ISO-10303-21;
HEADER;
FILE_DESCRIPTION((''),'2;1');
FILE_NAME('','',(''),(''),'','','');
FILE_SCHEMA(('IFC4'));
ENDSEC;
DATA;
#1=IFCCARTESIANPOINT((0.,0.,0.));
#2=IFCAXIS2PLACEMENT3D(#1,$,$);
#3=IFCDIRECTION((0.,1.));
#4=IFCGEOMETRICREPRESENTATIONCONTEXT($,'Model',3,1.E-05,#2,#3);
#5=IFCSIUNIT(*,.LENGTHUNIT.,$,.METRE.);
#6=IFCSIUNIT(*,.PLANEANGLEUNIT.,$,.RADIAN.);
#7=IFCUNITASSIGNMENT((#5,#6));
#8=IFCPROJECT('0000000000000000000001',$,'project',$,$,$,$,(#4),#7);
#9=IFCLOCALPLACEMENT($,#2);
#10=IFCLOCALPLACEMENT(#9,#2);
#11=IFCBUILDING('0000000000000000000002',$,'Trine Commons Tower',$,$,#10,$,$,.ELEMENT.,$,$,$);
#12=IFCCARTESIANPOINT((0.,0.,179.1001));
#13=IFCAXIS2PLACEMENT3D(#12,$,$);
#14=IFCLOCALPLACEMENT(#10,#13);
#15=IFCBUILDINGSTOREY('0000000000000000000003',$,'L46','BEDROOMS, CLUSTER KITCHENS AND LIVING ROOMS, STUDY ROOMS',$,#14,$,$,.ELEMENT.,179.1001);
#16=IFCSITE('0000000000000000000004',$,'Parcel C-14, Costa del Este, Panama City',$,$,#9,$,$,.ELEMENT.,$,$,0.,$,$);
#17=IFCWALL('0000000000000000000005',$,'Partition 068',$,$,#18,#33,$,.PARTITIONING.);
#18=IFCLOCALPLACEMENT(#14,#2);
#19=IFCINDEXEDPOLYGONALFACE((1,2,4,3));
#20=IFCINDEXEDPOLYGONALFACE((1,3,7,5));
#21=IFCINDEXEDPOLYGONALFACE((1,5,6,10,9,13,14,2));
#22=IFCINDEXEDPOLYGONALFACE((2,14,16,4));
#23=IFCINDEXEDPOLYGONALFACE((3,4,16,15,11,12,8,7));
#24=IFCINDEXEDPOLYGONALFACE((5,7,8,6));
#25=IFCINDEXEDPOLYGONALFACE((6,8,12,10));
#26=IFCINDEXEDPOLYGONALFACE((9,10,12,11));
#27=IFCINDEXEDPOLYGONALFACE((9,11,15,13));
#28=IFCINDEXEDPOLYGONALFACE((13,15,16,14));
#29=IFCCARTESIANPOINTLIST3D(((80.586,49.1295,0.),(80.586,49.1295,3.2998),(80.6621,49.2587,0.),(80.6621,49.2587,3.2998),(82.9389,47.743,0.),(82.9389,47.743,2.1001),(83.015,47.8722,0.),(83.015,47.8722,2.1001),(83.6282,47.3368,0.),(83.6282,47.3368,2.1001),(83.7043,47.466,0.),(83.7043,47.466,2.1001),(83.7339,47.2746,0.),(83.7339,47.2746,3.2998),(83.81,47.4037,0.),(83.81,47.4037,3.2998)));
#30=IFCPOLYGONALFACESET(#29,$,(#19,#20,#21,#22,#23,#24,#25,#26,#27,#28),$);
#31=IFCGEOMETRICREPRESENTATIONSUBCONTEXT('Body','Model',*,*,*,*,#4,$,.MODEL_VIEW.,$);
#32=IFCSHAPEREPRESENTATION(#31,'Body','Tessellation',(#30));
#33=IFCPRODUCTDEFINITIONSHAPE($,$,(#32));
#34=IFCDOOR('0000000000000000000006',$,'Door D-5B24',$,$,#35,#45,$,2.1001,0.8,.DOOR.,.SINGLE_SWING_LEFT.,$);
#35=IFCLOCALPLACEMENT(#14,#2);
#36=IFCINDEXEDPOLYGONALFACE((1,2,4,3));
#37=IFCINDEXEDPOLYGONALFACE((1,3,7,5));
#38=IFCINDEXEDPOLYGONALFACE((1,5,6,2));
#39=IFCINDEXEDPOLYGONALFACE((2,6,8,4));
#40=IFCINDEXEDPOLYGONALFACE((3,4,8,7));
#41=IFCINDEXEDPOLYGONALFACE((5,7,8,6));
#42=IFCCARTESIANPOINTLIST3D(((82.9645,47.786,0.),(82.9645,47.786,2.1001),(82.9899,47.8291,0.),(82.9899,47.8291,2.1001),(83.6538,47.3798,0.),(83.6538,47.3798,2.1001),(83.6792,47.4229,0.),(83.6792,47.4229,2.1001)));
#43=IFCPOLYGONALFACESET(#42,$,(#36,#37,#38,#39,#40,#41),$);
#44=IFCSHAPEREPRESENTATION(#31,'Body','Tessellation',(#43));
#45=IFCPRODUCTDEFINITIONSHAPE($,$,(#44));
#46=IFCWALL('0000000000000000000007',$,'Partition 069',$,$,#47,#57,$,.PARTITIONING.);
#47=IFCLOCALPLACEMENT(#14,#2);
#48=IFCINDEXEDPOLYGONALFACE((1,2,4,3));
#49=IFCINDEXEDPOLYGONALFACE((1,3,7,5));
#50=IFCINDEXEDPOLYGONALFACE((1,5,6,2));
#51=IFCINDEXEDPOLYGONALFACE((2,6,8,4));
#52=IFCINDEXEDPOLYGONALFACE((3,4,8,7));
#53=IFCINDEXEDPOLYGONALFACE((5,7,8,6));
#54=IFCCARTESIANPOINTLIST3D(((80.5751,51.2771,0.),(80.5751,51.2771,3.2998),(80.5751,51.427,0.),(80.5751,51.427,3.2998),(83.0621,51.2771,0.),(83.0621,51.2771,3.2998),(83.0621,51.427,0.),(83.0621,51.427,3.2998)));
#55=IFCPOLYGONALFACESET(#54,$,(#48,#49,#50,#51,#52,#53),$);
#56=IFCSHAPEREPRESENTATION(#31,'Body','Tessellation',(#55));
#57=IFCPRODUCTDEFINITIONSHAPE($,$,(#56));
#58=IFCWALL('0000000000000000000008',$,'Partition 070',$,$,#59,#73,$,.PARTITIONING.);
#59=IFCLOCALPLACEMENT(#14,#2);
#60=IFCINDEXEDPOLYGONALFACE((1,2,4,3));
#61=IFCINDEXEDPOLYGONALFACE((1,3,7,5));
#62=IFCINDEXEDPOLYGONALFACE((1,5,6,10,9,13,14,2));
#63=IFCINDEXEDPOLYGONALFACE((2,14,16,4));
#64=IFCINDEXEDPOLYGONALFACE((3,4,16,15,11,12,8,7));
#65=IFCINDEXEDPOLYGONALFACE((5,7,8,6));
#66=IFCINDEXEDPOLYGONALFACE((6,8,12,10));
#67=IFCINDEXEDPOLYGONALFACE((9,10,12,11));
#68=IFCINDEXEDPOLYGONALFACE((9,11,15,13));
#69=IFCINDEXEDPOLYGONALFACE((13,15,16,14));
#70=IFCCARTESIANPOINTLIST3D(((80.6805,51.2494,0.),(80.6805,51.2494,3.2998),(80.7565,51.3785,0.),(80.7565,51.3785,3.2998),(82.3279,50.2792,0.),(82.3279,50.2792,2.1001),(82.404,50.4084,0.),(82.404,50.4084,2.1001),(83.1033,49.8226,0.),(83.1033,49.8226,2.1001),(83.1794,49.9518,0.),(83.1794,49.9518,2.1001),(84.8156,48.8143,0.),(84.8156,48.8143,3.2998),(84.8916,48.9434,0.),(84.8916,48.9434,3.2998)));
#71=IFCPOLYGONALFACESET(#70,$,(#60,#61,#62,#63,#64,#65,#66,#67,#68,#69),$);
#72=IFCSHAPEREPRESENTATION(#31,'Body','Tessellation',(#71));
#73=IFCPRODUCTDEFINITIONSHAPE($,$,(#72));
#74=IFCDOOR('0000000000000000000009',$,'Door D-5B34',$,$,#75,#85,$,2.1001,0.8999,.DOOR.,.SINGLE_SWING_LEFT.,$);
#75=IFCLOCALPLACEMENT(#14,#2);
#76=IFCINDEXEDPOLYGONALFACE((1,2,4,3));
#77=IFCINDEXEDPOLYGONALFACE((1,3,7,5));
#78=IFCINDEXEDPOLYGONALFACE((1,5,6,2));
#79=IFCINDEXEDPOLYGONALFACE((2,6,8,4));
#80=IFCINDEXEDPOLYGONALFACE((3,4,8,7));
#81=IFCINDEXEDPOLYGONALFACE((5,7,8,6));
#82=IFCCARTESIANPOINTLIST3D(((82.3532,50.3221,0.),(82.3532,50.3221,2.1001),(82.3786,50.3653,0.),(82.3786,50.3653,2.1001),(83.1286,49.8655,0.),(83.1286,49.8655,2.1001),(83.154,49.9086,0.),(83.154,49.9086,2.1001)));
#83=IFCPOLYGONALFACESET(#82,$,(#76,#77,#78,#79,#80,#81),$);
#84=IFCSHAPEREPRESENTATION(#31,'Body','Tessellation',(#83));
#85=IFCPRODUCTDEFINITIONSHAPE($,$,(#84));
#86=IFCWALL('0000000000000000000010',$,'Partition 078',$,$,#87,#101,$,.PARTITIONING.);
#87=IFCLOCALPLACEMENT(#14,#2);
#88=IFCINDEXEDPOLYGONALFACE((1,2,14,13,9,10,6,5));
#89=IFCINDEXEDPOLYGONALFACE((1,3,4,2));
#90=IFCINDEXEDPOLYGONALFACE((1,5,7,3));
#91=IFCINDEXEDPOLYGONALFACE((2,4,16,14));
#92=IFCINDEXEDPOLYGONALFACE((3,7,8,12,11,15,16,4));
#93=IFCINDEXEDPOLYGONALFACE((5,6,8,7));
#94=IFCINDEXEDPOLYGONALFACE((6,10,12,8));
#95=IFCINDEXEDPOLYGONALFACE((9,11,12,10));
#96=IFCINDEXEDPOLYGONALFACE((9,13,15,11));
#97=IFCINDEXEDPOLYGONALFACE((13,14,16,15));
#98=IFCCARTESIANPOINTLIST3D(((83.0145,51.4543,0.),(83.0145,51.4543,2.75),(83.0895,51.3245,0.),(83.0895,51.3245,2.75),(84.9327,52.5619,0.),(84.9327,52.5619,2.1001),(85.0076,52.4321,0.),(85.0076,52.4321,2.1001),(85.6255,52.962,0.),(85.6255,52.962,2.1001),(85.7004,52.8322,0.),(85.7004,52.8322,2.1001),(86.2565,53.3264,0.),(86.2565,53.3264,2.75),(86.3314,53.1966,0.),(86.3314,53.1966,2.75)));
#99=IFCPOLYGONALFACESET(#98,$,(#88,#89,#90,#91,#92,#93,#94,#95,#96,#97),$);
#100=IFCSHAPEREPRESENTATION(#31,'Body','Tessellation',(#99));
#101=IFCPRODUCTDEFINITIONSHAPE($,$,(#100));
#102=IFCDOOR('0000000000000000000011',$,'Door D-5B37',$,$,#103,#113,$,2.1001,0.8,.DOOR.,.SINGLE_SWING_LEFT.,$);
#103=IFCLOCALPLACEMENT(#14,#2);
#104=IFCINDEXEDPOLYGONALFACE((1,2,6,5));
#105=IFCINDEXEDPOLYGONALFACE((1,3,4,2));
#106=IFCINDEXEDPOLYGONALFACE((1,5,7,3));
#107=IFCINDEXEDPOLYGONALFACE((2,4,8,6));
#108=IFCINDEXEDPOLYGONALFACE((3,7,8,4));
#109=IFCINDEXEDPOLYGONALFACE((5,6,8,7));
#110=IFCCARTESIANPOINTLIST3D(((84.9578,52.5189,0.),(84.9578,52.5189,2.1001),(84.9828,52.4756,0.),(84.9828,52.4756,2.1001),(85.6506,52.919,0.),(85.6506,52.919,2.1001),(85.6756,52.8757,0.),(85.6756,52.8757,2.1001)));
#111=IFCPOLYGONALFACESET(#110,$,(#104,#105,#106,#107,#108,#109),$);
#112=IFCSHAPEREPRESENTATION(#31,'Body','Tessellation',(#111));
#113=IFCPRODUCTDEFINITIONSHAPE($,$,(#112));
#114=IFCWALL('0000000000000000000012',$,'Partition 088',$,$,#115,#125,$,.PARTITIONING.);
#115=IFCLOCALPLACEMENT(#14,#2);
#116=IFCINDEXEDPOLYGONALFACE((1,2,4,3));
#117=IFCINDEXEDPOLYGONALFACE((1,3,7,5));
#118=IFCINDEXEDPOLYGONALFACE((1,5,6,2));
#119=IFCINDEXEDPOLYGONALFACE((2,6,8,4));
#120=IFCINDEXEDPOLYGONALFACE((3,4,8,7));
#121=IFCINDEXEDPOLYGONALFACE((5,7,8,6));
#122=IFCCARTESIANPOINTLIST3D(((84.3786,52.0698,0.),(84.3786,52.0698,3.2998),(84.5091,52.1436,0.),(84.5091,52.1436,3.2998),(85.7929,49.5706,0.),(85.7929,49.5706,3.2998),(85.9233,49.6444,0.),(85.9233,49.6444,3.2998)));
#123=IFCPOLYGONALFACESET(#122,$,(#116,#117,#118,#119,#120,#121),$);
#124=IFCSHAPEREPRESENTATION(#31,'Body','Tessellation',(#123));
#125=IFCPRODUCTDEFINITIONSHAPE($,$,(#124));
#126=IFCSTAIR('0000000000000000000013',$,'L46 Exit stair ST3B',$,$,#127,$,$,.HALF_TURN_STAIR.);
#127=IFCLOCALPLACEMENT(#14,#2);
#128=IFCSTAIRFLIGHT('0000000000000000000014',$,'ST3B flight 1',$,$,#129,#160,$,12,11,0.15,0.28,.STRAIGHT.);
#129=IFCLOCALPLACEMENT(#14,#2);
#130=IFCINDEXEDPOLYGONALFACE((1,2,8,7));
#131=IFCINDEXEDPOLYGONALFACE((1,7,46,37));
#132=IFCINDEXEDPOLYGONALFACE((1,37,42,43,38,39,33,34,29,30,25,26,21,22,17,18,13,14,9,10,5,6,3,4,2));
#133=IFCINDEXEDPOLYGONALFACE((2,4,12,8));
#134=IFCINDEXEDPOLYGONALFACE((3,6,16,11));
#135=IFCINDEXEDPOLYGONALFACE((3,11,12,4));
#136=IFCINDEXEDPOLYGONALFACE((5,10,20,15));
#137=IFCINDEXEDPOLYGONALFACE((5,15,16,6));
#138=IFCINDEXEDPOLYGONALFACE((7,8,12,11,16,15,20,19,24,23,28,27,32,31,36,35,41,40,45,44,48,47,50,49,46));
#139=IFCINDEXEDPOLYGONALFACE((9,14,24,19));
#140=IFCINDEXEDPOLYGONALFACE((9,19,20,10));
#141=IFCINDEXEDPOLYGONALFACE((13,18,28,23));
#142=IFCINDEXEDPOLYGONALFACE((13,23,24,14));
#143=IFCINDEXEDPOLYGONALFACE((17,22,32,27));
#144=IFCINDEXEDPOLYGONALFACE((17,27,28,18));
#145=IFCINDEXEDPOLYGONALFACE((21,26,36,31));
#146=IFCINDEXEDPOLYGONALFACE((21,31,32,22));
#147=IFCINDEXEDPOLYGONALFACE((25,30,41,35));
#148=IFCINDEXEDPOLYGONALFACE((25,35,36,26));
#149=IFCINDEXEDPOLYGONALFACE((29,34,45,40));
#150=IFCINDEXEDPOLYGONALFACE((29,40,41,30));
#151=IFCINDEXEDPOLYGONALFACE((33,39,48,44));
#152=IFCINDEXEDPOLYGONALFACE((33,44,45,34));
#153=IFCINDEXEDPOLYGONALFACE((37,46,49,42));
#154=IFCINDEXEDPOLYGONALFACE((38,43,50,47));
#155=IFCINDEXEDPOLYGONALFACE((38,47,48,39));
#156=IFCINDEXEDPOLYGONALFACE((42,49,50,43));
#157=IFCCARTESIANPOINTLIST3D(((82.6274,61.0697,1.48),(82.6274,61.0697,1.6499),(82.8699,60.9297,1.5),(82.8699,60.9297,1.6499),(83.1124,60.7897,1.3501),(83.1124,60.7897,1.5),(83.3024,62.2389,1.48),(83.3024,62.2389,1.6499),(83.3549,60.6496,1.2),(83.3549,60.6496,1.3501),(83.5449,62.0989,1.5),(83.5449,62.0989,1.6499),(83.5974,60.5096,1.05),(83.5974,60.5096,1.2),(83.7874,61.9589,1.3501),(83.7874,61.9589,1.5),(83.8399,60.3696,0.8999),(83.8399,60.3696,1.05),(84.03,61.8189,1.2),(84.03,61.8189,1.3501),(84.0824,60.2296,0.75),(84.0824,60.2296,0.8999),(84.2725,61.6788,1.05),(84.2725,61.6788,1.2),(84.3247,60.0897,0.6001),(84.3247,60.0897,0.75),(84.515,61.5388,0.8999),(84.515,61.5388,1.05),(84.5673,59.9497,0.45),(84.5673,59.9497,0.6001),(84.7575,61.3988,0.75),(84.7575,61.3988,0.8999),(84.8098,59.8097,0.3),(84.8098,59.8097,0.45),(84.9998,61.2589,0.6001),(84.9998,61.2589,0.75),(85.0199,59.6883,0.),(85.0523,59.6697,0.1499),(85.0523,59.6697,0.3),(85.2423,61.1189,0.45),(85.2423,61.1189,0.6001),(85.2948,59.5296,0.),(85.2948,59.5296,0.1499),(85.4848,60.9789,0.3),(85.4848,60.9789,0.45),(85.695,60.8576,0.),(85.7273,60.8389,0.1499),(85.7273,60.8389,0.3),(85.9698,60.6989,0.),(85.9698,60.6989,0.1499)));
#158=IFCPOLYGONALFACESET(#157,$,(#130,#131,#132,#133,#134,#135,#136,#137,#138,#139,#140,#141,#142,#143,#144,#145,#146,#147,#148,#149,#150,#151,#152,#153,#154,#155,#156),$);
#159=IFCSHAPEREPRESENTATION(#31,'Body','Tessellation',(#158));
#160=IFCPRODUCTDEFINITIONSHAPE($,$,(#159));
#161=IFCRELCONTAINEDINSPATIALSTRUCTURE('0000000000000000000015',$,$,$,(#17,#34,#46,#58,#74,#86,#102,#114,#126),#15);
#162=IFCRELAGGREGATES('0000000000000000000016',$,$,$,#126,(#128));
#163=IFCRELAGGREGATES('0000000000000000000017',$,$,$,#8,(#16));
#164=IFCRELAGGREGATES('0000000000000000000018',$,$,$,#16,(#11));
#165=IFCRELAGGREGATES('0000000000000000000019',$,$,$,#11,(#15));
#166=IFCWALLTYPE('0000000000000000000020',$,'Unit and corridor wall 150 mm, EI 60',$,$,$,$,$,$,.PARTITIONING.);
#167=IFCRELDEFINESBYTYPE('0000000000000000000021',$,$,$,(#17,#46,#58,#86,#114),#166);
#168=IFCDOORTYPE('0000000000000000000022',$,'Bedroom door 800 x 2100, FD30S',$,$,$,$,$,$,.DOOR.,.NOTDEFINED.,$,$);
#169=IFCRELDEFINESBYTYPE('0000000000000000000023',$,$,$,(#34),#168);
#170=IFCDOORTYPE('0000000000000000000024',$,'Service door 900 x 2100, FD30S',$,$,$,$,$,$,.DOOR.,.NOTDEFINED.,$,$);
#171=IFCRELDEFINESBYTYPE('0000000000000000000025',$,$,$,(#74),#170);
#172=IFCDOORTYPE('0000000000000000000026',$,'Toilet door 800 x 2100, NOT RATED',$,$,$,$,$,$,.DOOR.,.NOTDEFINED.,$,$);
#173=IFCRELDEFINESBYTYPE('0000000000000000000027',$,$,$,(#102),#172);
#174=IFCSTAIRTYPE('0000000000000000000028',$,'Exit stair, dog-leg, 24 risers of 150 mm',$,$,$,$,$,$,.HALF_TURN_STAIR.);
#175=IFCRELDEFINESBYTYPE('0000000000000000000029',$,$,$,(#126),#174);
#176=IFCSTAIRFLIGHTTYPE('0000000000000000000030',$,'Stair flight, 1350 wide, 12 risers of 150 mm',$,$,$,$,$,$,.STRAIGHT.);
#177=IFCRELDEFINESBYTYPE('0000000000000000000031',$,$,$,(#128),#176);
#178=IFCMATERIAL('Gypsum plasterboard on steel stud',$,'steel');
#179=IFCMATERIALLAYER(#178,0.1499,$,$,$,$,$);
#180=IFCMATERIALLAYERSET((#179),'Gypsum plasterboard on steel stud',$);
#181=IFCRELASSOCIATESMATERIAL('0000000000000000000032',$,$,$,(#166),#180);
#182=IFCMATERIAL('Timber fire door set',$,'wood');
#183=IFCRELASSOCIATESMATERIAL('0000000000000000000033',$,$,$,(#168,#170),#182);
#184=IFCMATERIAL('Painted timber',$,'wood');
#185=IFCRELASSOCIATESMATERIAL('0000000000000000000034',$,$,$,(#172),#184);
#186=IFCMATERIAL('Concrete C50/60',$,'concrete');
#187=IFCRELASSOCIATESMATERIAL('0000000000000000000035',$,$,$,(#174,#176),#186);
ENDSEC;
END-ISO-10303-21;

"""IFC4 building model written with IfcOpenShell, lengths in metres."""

from ifc_helpers import new_model, si_unit, direction, frame, frame_2d, origin, place, context, subcontext, project, spatial, polyline, rectangle, outline, extrude, material, layer, layer_set, type_object, element, fill, aggregate, save


model = new_model("IFC4")

# Units and contexts
model_context = context("Model", 3, precision=1e-05, world=origin(), true_north=direction((0.0, 1.0)))
body_context = subcontext(model_context, "Body", "Model", "MODEL_VIEW")
ifc_project = project(units=[si_unit("LENGTHUNIT", "METRE"), si_unit("PLANEANGLEUNIT", "RADIAN")], contexts=[model_context])

# Site, building, storey
site_placement = place(None, origin())
site = spatial("IfcSite", under=ifc_project, at=site_placement, Name="Parcel C-14, Costa del Este, Panama City", CompositionType="ELEMENT", RefElevation=0.0)
building_placement = place(site_placement, origin())
building = spatial("IfcBuilding", under=site, at=building_placement, Name="Trine Commons Tower", CompositionType="ELEMENT")
storey_placement = place(building_placement, frame((0.0, 0.0, 179.1001)))
storey = spatial("IfcBuildingStorey", under=building, at=storey_placement, Name="L46", Description="BEDROOMS, CLUSTER KITCHENS AND LIVING ROOMS, STUDY ROOMS", CompositionType="ELEMENT", Elevation=179.1001)

# Wall, opening, door
ifc_material_1 = material(Name="Gypsum plasterboard on steel stud", Category="steel")
ifc_layer_1 = layer(ifc_material_1, 0.1499)
ifc_layer_set_1 = layer_set([ifc_layer_1], Name="Gypsum plasterboard on steel stud")
wall_type_1 = type_object("IfcWallType", Name="Unit and corridor wall 150 mm, EI 60", PredefinedType="PARTITIONING", material=ifc_layer_set_1)
wall_1_placement = place(storey_placement, frame((80.624, 49.1941, 0.0), z_axis=(0.0, 0.0, 1.0), x_axis=(0.861546, -0.50768, 0.0)))
wall_1 = element("IfcWall", 1, at=wall_1_placement, inside=storey, type_object=wall_type_1, Name="Partition 068", PredefinedType="PARTITIONING", context=body_context, shape_type="SweptSolid", body=[
    extrude(rectangle(XDim=3.6538, YDim=0.1499, at=frame_2d((1.8269, 0.0))), origin(), (0.0, 0.0, 1.0), 3.2998),
])
opening_1_placement = place(wall_1_placement, frame((2.7312, 0.0, 0.0)))
opening_1 = element("IfcOpeningElement", 2, at=opening_1_placement, cuts=wall_1, PredefinedType="OPENING", context=body_context, shape_type="SweptSolid", body=[
    extrude(rectangle(XDim=0.8, YDim=2.1001, at=frame_2d((0.3999, 1.05))), frame((0.0, 0.085, 0.0), z_axis=(0.0, -1.0, 0.0), x_axis=(1.0, 0.0, 0.0)), (0.0, 0.0, 1.0), 0.1699),
])
ifc_material_2 = material(Name="Timber fire door set", Category="wood")
door_type_1 = type_object("IfcDoorType", Name="Bedroom door 800 x 2100, FD30S", OperationType="NOTDEFINED", PredefinedType="DOOR", material=ifc_material_2)
door_1_placement = place(opening_1_placement, frame((0.8, 0.0, 0.0), z_axis=(0.0, 0.0, 1.0), x_axis=(-1.0, 0.0, 0.0)))
door_1 = element("IfcDoor", 3, at=door_1_placement, inside=storey, type_object=door_type_1, Name="Door D-5B24", OperationType="SINGLE_SWING_LEFT", OverallHeight=2.1001, OverallWidth=0.8, PredefinedType="DOOR", context=body_context, shape_type="SweptSolid", body=[
    extrude(rectangle(XDim=0.8, YDim=2.1001, at=frame_2d((0.3999, 1.05))), frame((0.0, 0.0249, 0.0), z_axis=(0.0, -1.0, 0.0), x_axis=(1.0, 0.0, 0.0)), (0.0, 0.0, 1.0), 0.05),
])
fill(opening_1, door_1)

# Wall
wall_2_placement = place(storey_placement, frame((80.575, 51.3521, 0.0), z_axis=(0.0, 0.0, 1.0), x_axis=(1.0, 0.0, 0.0)))
element("IfcWall", 4, at=wall_2_placement, inside=storey, type_object=wall_type_1, Name="Partition 069", PredefinedType="PARTITIONING", context=body_context, shape_type="SweptSolid", body=[
    extrude(rectangle(XDim=2.4871, YDim=0.1499, at=frame_2d((1.2437, 0.0))), origin(), (0.0, 0.0, 1.0), 3.2998),
])

# Walls, openings, doors
wall_3_placement = place(storey_placement, frame((80.7185, 51.314, 0.0), z_axis=(0.0, 0.0, 1.0), x_axis=(0.861688, -0.507438, 0.0)))
wall_3 = element("IfcWall", 5, at=wall_3_placement, inside=storey, type_object=wall_type_1, Name="Partition 070", PredefinedType="PARTITIONING", context=body_context, shape_type="SweptSolid", body=[
    extrude(rectangle(XDim=4.7988, YDim=0.1499, at=frame_2d((2.3994, 0.0))), origin(), (0.0, 0.0, 1.0), 3.2998),
])
opening_2_placement = place(wall_3_placement, frame((1.9119, 0.0, 0.0)))
opening_2 = element("IfcOpeningElement", 6, at=opening_2_placement, cuts=wall_3, PredefinedType="OPENING", context=body_context, shape_type="SweptSolid", body=[
    extrude(rectangle(XDim=0.8999, YDim=2.1001, at=frame_2d((0.45, 1.05))), frame((0.0, 0.085, 0.0), z_axis=(0.0, -1.0, 0.0), x_axis=(1.0, 0.0, 0.0)), (0.0, 0.0, 1.0), 0.1699),
])
door_type_2 = type_object("IfcDoorType", Name="Service door 900 x 2100, FD30S", OperationType="NOTDEFINED", PredefinedType="DOOR", material=ifc_material_2)
door_2_placement = place(opening_2_placement, origin())
door_2 = element("IfcDoor", 7, at=door_2_placement, inside=storey, type_object=door_type_2, Name="Door D-5B34", OperationType="SINGLE_SWING_LEFT", OverallHeight=2.1001, OverallWidth=0.8999, PredefinedType="DOOR", context=body_context, shape_type="SweptSolid", body=[
    extrude(rectangle(XDim=0.8999, YDim=2.1001, at=frame_2d((0.45, 1.05))), frame((0.0, 0.0249, 0.0), z_axis=(0.0, -1.0, 0.0), x_axis=(1.0, 0.0, 0.0)), (0.0, 0.0, 1.0), 0.05),
])
fill(opening_2, door_2)
wall_4_placement = place(storey_placement, frame((83.052, 51.3894, 0.0), z_axis=(0.0, 0.0, 1.0), x_axis=(0.865987, 0.500067, 0.0)))
wall_4 = element("IfcWall", 8, at=wall_4_placement, inside=storey, type_object=wall_type_1, Name="Partition 078", PredefinedType="PARTITIONING", context=body_context, shape_type="SweptSolid", body=[
    extrude(rectangle(XDim=3.7437, YDim=0.1499, at=frame_2d((1.8718, 0.0))), origin(), (0.0, 0.0, 1.0), 2.75),
])
opening_3_placement = place(wall_4_placement, frame((2.2151, 0.0, 0.0)))
opening_3 = element("IfcOpeningElement", 9, at=opening_3_placement, cuts=wall_4, PredefinedType="OPENING", context=body_context, shape_type="SweptSolid", body=[
    extrude(rectangle(XDim=0.8, YDim=2.1001, at=frame_2d((0.3999, 1.05))), frame((0.0, 0.085, 0.0), z_axis=(0.0, -1.0, 0.0), x_axis=(1.0, 0.0, 0.0)), (0.0, 0.0, 1.0), 0.1699),
])
ifc_material_3 = material(Name="Painted timber", Category="wood")
door_type_3 = type_object("IfcDoorType", Name="Toilet door 800 x 2100, NOT RATED", OperationType="NOTDEFINED", PredefinedType="DOOR", material=ifc_material_3)
door_3_placement = place(opening_3_placement, frame((0.8, 0.0, 0.0), z_axis=(0.0, 0.0, 1.0), x_axis=(-1.0, 0.0, 0.0)))
door_3 = element("IfcDoor", 10, at=door_3_placement, inside=storey, type_object=door_type_3, Name="Door D-5B37", OperationType="SINGLE_SWING_LEFT", OverallHeight=2.1001, OverallWidth=0.8, PredefinedType="DOOR", context=body_context, shape_type="SweptSolid", body=[
    extrude(rectangle(XDim=0.8, YDim=2.1001, at=frame_2d((0.3999, 1.05))), frame((0.0, 0.0249, 0.0), z_axis=(0.0, -1.0, 0.0), x_axis=(1.0, 0.0, 0.0)), (0.0, 0.0, 1.0), 0.05),
])
fill(opening_3, door_3)

# Wall
wall_5_placement = place(storey_placement, frame((84.4438, 52.1067, 0.0), z_axis=(0.0, 0.0, 1.0), x_axis=(0.4925, -0.870313, 0.0)))
element("IfcWall", 11, at=wall_5_placement, inside=storey, type_object=wall_type_1, Name="Partition 088", PredefinedType="PARTITIONING", context=body_context, shape_type="SweptSolid", body=[
    extrude(rectangle(XDim=2.8716, YDim=0.1499, at=frame_2d((1.4358, 0.0))), origin(), (0.0, 0.0, 1.0), 3.2998),
])

# Stair, stair flight
ifc_material_4 = material(Name="Concrete C50/60", Category="concrete")
stair_type = type_object("IfcStairType", Name="Exit stair, dog-leg, 24 risers of 150 mm", PredefinedType="HALF_TURN_STAIR", material=ifc_material_4)
stair_placement = place(storey_placement, origin())
stair = element("IfcStair", 12, at=stair_placement, inside=storey, type_object=stair_type, Name="L46 Exit stair ST3B", PredefinedType="HALF_TURN_STAIR")
stair_flight_type = type_object("IfcStairFlightType", Name="Stair flight, 1350 wide, 12 risers of 150 mm", PredefinedType="STRAIGHT", material=ifc_material_4)
stair_flight_1_placement = place(storey_placement, frame((85.6323, 60.1143, 0.0), z_axis=(0.0, 0.0, 1.0), x_axis=(-0.866025, 0.5, 0.0)))
stair_flight_1 = element("IfcStairFlight", 13, at=stair_flight_1_placement, type_object=stair_flight_type, Name="ST3B flight 1", NumberOfRisers=12, NumberOfTreads=11, PredefinedType="STRAIGHT", RiserHeight=0.15, TreadLength=0.28, context=body_context, shape_type="SweptSolid", body=[
    extrude(outline(polyline([(0.0, 0.0), (0.0, 0.1499), (0.28, 0.1499), (0.28, 0.3), (0.5601, 0.3), (0.5601, 0.45), (0.8401, 0.45), (0.8401, 0.6001), (1.1201, 0.6001), (1.1201, 0.75), (1.3999, 0.75), (1.3999, 0.8999), (1.6799, 0.8999), (1.6799, 1.05), (1.96, 1.05), (1.96, 1.2), (2.24, 1.2), (2.24, 1.3501), (2.52, 1.3501), (2.52, 1.5), (2.8, 1.5), (2.8, 1.6499), (3.0801, 1.6499), (3.0801, 1.8), (3.0801, 1.48), (0.3174, 0.0), (0.0, 0.0)])), frame((0.0, 0.675, 0.0), z_axis=(0.0, -1.0, 0.0), x_axis=(1.0, 0.0, 0.0)), (0.0, 0.0, 1.0), 1.3501),
])
aggregate(stair, [stair_flight_1])

save(model, "model.ifc")
